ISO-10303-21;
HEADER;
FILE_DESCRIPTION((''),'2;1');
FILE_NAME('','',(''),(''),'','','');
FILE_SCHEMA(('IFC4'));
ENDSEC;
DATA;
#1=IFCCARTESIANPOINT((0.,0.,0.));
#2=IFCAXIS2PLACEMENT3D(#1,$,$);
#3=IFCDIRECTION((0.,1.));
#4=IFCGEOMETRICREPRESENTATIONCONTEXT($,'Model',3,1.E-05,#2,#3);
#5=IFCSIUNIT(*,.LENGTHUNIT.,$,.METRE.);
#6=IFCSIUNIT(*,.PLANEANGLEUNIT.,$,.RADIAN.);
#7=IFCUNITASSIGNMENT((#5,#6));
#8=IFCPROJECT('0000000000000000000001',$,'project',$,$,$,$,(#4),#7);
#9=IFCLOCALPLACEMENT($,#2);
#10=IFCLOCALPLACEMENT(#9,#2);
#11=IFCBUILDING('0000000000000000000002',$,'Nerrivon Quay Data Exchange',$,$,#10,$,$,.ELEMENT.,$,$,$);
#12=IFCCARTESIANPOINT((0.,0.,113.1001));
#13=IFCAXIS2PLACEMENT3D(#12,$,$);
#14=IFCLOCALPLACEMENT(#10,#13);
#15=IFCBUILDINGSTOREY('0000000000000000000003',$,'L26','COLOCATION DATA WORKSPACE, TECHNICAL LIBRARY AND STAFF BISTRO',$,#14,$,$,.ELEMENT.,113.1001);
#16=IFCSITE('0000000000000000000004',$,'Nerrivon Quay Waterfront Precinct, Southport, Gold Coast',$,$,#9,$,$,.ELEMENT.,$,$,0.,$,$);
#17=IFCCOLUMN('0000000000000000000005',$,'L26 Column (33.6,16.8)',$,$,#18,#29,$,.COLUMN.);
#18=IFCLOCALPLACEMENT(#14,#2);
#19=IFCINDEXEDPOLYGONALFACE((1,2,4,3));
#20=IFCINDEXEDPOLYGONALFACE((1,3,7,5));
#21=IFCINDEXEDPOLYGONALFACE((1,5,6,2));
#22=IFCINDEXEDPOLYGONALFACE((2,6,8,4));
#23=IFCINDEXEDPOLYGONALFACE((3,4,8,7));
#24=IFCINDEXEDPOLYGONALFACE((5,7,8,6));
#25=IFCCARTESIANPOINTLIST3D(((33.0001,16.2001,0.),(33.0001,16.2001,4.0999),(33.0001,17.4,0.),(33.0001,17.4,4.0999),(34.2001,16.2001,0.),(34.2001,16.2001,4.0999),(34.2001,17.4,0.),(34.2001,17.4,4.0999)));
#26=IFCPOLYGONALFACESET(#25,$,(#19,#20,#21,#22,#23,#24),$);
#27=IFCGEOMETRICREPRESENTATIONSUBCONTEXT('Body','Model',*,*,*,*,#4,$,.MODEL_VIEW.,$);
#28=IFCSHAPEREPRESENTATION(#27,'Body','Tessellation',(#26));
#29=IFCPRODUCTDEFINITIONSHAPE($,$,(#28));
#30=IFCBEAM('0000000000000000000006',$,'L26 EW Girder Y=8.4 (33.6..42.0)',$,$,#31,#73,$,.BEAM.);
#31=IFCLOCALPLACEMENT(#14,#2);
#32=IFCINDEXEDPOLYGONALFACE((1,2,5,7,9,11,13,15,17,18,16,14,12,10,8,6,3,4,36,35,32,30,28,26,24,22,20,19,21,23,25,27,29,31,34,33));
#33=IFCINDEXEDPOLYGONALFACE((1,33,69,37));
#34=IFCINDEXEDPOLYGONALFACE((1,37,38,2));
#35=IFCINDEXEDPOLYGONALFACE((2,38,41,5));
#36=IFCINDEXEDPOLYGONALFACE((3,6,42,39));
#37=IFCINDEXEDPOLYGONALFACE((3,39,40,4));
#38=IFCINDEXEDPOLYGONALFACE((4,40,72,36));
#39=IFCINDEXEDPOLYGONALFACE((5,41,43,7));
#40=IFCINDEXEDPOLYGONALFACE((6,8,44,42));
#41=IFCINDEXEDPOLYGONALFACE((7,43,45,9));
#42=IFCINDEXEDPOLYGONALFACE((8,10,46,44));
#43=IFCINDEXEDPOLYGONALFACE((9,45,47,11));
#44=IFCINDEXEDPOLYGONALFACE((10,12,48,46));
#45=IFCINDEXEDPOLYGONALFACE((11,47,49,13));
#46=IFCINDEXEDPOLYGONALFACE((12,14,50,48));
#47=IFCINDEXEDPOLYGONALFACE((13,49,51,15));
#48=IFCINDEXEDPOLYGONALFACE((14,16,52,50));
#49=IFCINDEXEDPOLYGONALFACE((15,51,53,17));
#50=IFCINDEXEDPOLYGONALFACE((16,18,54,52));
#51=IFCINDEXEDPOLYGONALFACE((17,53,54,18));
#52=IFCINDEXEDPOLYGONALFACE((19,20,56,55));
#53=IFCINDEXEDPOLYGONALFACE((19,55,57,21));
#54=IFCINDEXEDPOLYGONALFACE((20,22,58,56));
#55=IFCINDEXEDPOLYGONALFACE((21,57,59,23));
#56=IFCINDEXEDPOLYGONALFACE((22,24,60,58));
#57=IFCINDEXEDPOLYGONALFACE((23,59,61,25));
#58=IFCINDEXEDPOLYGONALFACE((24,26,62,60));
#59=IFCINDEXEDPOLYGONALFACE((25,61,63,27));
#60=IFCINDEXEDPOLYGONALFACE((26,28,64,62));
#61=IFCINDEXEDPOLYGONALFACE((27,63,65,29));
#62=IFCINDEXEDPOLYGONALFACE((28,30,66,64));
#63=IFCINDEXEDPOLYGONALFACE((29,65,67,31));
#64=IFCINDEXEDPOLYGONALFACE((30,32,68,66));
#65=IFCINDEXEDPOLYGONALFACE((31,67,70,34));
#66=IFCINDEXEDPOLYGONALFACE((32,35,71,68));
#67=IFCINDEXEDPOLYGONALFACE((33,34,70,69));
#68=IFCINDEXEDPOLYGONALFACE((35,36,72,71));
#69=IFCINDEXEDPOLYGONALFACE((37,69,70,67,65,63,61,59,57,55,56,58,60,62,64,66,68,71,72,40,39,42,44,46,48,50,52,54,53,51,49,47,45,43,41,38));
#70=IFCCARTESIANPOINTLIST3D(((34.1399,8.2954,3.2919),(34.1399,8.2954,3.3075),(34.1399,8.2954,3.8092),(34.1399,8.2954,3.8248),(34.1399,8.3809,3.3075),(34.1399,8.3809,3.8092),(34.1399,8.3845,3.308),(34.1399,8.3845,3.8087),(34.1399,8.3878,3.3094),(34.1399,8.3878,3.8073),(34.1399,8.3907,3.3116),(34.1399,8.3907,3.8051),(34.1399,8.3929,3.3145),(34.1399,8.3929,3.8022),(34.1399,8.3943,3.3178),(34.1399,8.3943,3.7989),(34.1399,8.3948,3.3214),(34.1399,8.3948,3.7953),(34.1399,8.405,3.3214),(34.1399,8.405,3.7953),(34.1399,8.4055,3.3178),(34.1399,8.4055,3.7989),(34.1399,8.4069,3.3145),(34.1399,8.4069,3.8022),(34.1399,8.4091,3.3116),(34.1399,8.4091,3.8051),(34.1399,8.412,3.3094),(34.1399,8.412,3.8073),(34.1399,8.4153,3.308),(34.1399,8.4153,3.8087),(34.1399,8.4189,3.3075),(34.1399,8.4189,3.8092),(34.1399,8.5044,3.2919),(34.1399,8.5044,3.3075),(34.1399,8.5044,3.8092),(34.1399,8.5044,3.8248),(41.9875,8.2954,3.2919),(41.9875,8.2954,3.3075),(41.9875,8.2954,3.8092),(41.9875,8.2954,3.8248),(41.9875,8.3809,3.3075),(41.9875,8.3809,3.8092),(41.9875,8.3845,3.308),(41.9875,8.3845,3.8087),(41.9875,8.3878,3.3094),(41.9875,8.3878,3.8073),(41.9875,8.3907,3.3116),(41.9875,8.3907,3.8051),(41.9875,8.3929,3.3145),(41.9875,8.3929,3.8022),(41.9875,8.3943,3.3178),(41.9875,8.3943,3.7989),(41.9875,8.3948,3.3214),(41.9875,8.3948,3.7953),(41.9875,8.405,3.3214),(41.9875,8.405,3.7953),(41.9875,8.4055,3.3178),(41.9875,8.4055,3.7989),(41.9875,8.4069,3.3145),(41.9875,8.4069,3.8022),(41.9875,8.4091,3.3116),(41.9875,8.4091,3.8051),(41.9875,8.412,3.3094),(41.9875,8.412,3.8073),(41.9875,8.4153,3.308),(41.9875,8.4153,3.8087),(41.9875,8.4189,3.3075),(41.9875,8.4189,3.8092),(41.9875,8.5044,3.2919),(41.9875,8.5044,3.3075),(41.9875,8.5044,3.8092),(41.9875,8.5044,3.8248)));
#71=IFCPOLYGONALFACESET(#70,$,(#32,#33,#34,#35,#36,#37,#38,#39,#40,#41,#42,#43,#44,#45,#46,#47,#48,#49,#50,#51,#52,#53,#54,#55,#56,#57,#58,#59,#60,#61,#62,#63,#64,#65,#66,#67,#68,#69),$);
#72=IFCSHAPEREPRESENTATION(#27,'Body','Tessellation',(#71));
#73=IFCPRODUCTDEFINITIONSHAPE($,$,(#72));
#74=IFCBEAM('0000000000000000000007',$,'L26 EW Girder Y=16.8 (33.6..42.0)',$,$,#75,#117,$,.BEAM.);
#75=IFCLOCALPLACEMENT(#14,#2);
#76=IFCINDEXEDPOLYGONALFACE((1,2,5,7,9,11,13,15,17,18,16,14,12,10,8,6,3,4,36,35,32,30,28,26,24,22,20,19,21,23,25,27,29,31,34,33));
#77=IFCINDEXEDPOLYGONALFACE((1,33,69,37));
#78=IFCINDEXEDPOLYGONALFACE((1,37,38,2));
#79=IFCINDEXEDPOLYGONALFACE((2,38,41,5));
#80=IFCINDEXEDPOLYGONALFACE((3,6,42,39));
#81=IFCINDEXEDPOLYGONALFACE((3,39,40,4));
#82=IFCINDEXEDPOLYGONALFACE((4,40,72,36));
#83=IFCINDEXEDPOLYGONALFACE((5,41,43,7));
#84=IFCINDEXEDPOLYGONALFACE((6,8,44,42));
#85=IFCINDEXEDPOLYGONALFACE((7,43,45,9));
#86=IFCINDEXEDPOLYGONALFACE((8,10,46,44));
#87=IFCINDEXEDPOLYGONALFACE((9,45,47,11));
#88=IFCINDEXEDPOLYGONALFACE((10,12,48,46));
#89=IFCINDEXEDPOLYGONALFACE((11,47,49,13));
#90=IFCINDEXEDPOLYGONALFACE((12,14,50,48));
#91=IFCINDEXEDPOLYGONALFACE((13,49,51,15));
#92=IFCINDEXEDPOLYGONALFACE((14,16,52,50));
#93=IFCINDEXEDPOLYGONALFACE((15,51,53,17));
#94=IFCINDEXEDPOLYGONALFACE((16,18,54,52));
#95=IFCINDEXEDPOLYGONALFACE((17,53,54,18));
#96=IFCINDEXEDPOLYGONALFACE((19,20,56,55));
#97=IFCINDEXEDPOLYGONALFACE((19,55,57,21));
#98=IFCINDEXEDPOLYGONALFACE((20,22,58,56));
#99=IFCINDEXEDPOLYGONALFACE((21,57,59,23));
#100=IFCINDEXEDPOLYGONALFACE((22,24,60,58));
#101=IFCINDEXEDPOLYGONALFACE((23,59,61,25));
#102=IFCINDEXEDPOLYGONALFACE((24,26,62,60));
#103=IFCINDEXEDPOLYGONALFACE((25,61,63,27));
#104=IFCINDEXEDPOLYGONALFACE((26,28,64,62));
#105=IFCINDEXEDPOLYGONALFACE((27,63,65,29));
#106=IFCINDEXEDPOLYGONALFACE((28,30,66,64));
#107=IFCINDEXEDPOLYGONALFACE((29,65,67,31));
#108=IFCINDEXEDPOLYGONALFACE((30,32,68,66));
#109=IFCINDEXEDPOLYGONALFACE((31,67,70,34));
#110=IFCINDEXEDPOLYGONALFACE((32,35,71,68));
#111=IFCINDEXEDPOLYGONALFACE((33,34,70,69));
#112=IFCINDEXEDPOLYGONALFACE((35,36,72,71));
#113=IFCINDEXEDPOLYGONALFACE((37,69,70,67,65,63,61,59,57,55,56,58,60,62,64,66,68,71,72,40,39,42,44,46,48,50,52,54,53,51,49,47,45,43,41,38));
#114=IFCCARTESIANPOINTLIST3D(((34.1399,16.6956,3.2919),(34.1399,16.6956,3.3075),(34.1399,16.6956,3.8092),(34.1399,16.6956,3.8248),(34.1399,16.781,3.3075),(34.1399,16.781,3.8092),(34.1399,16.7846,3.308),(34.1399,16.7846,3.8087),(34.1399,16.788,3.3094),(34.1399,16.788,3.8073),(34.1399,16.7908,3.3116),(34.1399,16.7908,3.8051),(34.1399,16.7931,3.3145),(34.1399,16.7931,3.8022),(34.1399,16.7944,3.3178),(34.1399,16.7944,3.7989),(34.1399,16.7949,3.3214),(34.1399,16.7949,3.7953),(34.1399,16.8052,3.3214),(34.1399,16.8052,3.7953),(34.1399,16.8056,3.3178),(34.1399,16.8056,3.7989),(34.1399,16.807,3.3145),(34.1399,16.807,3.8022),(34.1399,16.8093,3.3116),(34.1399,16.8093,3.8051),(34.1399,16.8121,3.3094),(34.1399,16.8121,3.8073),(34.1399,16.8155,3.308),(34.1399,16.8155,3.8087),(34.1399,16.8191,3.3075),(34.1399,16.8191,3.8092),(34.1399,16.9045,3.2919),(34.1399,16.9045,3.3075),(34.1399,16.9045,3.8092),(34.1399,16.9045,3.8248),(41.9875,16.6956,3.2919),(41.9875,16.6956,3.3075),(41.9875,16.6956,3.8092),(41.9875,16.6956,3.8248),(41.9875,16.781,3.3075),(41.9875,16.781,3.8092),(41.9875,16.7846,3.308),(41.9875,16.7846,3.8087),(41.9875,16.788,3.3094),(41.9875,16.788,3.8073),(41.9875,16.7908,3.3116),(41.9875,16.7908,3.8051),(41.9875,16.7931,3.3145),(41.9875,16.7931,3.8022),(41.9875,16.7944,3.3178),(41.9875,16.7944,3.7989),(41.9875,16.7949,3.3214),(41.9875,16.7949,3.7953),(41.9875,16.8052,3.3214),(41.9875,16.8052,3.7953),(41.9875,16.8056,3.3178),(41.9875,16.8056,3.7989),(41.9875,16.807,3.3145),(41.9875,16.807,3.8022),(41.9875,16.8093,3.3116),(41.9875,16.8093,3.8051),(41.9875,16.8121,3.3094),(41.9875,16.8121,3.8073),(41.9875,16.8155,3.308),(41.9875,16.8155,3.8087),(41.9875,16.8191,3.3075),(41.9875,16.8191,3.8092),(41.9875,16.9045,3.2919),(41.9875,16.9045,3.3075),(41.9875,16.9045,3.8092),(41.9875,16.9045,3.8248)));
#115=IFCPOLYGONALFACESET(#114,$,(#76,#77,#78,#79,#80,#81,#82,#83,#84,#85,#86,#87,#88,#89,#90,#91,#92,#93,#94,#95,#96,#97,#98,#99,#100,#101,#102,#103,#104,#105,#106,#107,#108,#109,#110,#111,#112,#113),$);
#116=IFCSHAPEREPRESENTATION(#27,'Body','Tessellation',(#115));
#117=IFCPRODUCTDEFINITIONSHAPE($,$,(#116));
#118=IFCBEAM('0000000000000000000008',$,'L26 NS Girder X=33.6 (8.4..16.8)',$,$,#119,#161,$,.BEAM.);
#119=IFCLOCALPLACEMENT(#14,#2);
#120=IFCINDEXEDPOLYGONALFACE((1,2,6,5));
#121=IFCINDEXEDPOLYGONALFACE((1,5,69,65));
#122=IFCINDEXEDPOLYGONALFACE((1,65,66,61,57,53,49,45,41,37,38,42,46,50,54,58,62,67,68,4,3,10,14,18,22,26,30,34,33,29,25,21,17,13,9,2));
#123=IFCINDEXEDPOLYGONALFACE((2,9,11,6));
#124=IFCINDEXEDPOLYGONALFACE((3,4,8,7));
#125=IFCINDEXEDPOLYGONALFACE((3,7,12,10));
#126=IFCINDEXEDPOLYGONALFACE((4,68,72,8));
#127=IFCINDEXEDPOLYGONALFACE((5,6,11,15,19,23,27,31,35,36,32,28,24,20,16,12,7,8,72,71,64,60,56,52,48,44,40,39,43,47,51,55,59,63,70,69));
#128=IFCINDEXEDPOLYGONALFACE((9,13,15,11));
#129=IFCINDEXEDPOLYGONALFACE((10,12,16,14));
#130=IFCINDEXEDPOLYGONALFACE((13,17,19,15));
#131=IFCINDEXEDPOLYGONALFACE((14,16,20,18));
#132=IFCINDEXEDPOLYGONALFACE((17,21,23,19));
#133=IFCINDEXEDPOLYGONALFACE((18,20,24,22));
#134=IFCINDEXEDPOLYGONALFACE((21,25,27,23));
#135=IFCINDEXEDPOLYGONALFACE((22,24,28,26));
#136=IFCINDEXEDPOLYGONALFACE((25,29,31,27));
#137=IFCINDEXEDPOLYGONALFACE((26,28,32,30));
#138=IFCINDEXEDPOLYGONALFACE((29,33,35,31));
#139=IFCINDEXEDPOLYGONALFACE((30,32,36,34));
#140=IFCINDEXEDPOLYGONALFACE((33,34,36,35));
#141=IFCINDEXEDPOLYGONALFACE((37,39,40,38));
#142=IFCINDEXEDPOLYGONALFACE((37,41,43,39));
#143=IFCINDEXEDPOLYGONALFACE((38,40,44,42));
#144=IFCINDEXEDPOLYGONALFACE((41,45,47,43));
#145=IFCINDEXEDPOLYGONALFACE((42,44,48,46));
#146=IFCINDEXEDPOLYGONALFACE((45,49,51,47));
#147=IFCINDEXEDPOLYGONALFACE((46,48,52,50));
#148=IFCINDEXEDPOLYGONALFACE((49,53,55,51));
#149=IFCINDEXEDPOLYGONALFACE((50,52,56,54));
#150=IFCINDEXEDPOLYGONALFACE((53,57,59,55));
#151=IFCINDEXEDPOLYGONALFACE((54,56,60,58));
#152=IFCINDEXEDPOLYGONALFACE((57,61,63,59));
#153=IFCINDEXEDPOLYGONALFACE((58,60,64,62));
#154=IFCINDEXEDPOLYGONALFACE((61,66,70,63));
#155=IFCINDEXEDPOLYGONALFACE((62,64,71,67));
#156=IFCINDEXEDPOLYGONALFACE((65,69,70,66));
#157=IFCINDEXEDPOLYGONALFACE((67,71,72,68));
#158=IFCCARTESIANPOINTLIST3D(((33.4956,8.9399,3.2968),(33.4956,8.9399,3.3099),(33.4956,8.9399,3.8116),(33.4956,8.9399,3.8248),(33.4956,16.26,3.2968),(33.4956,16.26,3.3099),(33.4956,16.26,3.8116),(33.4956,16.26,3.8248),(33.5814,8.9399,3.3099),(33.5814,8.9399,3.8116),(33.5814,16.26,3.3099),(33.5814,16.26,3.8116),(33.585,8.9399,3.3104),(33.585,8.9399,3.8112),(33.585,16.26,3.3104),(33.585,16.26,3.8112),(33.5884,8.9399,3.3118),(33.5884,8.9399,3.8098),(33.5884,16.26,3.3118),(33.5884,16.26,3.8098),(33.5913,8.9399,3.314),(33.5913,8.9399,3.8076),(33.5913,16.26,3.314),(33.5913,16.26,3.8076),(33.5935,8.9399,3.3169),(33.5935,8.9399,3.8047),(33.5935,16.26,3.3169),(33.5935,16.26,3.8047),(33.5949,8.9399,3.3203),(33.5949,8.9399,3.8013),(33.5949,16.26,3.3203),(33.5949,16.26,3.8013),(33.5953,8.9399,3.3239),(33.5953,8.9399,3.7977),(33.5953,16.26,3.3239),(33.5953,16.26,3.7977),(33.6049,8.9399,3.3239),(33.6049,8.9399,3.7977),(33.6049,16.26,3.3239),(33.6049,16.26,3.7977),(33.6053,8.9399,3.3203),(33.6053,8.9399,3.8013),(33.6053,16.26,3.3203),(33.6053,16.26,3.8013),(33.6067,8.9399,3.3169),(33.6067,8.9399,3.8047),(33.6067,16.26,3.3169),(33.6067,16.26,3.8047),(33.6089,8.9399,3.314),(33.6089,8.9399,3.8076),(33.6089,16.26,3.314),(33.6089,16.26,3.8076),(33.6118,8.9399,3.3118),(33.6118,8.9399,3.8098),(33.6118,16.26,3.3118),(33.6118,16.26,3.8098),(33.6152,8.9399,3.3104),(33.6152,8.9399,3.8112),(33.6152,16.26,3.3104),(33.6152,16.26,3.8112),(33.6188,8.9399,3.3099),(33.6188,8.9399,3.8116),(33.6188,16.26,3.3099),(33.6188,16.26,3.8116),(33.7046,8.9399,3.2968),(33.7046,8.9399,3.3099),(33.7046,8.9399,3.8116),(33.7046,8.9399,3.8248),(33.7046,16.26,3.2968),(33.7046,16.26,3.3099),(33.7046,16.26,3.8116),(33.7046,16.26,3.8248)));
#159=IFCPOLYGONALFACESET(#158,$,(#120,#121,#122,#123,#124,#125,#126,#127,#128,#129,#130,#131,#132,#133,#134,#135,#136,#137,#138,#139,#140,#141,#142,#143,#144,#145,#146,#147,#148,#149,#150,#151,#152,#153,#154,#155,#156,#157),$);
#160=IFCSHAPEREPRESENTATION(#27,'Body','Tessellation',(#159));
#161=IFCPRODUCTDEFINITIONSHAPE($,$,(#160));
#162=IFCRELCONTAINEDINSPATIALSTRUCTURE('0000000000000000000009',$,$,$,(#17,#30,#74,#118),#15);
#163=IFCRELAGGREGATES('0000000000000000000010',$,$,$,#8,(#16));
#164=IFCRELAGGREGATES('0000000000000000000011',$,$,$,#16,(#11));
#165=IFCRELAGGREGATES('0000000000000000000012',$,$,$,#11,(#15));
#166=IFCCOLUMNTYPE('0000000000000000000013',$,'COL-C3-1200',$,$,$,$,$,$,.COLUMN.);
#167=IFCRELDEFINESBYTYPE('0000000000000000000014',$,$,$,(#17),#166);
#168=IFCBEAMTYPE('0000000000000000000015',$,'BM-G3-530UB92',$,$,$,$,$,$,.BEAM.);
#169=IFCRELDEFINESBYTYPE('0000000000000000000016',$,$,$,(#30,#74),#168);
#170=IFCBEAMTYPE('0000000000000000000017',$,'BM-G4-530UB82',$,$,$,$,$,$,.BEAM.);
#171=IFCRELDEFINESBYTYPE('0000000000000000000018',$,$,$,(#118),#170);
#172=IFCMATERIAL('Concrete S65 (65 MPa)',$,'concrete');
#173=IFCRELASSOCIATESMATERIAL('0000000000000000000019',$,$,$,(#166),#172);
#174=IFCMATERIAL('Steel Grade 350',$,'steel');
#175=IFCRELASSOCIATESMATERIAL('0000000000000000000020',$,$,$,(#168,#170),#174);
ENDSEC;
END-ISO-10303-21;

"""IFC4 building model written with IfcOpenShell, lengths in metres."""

from ifc_helpers import new_model, si_unit, direction, frame, origin, origin_2d, place, context, subcontext, project, spatial, rectangle, i_section, extrude, material, material_profile, profile_set, type_object, element, save


model = new_model("IFC4")

# Units and contexts
model_context = context("Model", 3, precision=1e-05, world=origin(), true_north=direction((0.0, 1.0)))
body_context = subcontext(model_context, "Body", "Model", "MODEL_VIEW")
ifc_project = project(units=[si_unit("LENGTHUNIT", "METRE"), si_unit("PLANEANGLEUNIT", "RADIAN")], contexts=[model_context])

# Site, building, storey
site_placement = place(None, origin())
site = spatial("IfcSite", under=ifc_project, at=site_placement, Name="Nerrivon Quay Waterfront Precinct, Southport, Gold Coast", CompositionType="ELEMENT", RefElevation=0.0)
building_placement = place(site_placement, origin())
building = spatial("IfcBuilding", under=site, at=building_placement, Name="Nerrivon Quay Data Exchange", CompositionType="ELEMENT")
storey_placement = place(building_placement, frame((0.0, 0.0, 113.1001)))
storey = spatial("IfcBuildingStorey", under=building, at=storey_placement, Name="L26", Description="COLOCATION DATA WORKSPACE, TECHNICAL LIBRARY AND STAFF BISTRO", CompositionType="ELEMENT", Elevation=113.1001)

# Column
ifc_material_1 = material(Name="Concrete S65 (65 MPa)", Category="concrete")
ifc_material_profile_1 = material_profile(ifc_material_1, rectangle(XDim=1.2, YDim=1.2, at=origin_2d()), Name="RC-COL-1200x1200")
ifc_profile_set_1 = profile_set([ifc_material_profile_1], Name="Concrete S65 (65 MPa)")
column_type = type_object("IfcColumnType", Name="COL-C3-1200", PredefinedType="COLUMN", material=ifc_profile_set_1)
column_placement = place(storey_placement, frame((33.6001, 16.8, 0.0), z_axis=(0.0, 0.0, 1.0), x_axis=(1.0, 0.0, 0.0)))
element("IfcColumn", 1, at=column_placement, inside=storey, type_object=column_type, Name="L26 Column (33.6,16.8)", PredefinedType="COLUMN", context=body_context, shape_type="SweptSolid", body=[
    extrude(rectangle(XDim=1.2, YDim=1.2, at=origin_2d()), origin(), (0.0, 0.0, 1.0), 4.0999),
])

# Beams
ifc_material_2 = material(Name="Steel Grade 350", Category="steel")
ifc_material_profile_2 = material_profile(ifc_material_2, i_section(OverallWidth=0.209, OverallDepth=0.533, WebThickness=0.0103, FlangeThickness=0.0156, FilletRadius=0.0139, at=origin_2d()), Name="530UB92.4")
ifc_profile_set_2 = profile_set([ifc_material_profile_2], Name="Steel Grade 350")
beam_type_1 = type_object("IfcBeamType", Name="BM-G3-530UB92", PredefinedType="BEAM", material=ifc_profile_set_2)
for number, where, z_axis, x_axis, name in (
    (2, (34.1399, 8.3999, 3.5583), (1.0, 0.0, 0.0), (0.0, 1.0, 0.0), "L26 EW Girder Y=8.4 (33.6..42.0)"),
    (3, (34.1399, 16.8, 3.5583), (1.0, 0.0, 0.0), (0.0, 1.0, 0.0), "L26 EW Girder Y=16.8 (33.6..42.0)"),
):
    element("IfcBeam", number, at=place(storey_placement, frame(where, z_axis=z_axis, x_axis=x_axis)), inside=storey, type_object=beam_type_1, Name=name, PredefinedType="BEAM", context=body_context, shape_type="SweptSolid", body=[
        extrude(i_section(OverallWidth=0.209, OverallDepth=0.533, WebThickness=0.0103, FlangeThickness=0.0156, FilletRadius=0.0139, at=origin_2d()), origin(), (0.0, 0.0, 1.0), 7.8477),
    ])
ifc_material_profile_3 = material_profile(ifc_material_2, i_section(OverallWidth=0.209, OverallDepth=0.5281, WebThickness=0.0095, FlangeThickness=0.0132, FilletRadius=0.0139, at=origin_2d()), Name="530UB82.0")
ifc_profile_set_3 = profile_set([ifc_material_profile_3], Name="Steel Grade 350")
beam_type_2 = type_object("IfcBeamType", Name="BM-G4-530UB82", PredefinedType="BEAM", material=ifc_profile_set_3)
beam_1_placement = place(storey_placement, frame((33.6001, 8.9399, 3.5608), z_axis=(0.0, 1.0, 0.0), x_axis=(-1.0, 0.0, 0.0)))
element("IfcBeam", 4, at=beam_1_placement, inside=storey, type_object=beam_type_2, Name="L26 NS Girder X=33.6 (8.4..16.8)", PredefinedType="BEAM", context=body_context, shape_type="SweptSolid", body=[
    extrude(i_section(OverallWidth=0.209, OverallDepth=0.5281, WebThickness=0.0095, FlangeThickness=0.0132, FilletRadius=0.0139, at=origin_2d()), origin(), (0.0, 0.0, 1.0), 7.3201),
])

save(model, "model.ifc")
